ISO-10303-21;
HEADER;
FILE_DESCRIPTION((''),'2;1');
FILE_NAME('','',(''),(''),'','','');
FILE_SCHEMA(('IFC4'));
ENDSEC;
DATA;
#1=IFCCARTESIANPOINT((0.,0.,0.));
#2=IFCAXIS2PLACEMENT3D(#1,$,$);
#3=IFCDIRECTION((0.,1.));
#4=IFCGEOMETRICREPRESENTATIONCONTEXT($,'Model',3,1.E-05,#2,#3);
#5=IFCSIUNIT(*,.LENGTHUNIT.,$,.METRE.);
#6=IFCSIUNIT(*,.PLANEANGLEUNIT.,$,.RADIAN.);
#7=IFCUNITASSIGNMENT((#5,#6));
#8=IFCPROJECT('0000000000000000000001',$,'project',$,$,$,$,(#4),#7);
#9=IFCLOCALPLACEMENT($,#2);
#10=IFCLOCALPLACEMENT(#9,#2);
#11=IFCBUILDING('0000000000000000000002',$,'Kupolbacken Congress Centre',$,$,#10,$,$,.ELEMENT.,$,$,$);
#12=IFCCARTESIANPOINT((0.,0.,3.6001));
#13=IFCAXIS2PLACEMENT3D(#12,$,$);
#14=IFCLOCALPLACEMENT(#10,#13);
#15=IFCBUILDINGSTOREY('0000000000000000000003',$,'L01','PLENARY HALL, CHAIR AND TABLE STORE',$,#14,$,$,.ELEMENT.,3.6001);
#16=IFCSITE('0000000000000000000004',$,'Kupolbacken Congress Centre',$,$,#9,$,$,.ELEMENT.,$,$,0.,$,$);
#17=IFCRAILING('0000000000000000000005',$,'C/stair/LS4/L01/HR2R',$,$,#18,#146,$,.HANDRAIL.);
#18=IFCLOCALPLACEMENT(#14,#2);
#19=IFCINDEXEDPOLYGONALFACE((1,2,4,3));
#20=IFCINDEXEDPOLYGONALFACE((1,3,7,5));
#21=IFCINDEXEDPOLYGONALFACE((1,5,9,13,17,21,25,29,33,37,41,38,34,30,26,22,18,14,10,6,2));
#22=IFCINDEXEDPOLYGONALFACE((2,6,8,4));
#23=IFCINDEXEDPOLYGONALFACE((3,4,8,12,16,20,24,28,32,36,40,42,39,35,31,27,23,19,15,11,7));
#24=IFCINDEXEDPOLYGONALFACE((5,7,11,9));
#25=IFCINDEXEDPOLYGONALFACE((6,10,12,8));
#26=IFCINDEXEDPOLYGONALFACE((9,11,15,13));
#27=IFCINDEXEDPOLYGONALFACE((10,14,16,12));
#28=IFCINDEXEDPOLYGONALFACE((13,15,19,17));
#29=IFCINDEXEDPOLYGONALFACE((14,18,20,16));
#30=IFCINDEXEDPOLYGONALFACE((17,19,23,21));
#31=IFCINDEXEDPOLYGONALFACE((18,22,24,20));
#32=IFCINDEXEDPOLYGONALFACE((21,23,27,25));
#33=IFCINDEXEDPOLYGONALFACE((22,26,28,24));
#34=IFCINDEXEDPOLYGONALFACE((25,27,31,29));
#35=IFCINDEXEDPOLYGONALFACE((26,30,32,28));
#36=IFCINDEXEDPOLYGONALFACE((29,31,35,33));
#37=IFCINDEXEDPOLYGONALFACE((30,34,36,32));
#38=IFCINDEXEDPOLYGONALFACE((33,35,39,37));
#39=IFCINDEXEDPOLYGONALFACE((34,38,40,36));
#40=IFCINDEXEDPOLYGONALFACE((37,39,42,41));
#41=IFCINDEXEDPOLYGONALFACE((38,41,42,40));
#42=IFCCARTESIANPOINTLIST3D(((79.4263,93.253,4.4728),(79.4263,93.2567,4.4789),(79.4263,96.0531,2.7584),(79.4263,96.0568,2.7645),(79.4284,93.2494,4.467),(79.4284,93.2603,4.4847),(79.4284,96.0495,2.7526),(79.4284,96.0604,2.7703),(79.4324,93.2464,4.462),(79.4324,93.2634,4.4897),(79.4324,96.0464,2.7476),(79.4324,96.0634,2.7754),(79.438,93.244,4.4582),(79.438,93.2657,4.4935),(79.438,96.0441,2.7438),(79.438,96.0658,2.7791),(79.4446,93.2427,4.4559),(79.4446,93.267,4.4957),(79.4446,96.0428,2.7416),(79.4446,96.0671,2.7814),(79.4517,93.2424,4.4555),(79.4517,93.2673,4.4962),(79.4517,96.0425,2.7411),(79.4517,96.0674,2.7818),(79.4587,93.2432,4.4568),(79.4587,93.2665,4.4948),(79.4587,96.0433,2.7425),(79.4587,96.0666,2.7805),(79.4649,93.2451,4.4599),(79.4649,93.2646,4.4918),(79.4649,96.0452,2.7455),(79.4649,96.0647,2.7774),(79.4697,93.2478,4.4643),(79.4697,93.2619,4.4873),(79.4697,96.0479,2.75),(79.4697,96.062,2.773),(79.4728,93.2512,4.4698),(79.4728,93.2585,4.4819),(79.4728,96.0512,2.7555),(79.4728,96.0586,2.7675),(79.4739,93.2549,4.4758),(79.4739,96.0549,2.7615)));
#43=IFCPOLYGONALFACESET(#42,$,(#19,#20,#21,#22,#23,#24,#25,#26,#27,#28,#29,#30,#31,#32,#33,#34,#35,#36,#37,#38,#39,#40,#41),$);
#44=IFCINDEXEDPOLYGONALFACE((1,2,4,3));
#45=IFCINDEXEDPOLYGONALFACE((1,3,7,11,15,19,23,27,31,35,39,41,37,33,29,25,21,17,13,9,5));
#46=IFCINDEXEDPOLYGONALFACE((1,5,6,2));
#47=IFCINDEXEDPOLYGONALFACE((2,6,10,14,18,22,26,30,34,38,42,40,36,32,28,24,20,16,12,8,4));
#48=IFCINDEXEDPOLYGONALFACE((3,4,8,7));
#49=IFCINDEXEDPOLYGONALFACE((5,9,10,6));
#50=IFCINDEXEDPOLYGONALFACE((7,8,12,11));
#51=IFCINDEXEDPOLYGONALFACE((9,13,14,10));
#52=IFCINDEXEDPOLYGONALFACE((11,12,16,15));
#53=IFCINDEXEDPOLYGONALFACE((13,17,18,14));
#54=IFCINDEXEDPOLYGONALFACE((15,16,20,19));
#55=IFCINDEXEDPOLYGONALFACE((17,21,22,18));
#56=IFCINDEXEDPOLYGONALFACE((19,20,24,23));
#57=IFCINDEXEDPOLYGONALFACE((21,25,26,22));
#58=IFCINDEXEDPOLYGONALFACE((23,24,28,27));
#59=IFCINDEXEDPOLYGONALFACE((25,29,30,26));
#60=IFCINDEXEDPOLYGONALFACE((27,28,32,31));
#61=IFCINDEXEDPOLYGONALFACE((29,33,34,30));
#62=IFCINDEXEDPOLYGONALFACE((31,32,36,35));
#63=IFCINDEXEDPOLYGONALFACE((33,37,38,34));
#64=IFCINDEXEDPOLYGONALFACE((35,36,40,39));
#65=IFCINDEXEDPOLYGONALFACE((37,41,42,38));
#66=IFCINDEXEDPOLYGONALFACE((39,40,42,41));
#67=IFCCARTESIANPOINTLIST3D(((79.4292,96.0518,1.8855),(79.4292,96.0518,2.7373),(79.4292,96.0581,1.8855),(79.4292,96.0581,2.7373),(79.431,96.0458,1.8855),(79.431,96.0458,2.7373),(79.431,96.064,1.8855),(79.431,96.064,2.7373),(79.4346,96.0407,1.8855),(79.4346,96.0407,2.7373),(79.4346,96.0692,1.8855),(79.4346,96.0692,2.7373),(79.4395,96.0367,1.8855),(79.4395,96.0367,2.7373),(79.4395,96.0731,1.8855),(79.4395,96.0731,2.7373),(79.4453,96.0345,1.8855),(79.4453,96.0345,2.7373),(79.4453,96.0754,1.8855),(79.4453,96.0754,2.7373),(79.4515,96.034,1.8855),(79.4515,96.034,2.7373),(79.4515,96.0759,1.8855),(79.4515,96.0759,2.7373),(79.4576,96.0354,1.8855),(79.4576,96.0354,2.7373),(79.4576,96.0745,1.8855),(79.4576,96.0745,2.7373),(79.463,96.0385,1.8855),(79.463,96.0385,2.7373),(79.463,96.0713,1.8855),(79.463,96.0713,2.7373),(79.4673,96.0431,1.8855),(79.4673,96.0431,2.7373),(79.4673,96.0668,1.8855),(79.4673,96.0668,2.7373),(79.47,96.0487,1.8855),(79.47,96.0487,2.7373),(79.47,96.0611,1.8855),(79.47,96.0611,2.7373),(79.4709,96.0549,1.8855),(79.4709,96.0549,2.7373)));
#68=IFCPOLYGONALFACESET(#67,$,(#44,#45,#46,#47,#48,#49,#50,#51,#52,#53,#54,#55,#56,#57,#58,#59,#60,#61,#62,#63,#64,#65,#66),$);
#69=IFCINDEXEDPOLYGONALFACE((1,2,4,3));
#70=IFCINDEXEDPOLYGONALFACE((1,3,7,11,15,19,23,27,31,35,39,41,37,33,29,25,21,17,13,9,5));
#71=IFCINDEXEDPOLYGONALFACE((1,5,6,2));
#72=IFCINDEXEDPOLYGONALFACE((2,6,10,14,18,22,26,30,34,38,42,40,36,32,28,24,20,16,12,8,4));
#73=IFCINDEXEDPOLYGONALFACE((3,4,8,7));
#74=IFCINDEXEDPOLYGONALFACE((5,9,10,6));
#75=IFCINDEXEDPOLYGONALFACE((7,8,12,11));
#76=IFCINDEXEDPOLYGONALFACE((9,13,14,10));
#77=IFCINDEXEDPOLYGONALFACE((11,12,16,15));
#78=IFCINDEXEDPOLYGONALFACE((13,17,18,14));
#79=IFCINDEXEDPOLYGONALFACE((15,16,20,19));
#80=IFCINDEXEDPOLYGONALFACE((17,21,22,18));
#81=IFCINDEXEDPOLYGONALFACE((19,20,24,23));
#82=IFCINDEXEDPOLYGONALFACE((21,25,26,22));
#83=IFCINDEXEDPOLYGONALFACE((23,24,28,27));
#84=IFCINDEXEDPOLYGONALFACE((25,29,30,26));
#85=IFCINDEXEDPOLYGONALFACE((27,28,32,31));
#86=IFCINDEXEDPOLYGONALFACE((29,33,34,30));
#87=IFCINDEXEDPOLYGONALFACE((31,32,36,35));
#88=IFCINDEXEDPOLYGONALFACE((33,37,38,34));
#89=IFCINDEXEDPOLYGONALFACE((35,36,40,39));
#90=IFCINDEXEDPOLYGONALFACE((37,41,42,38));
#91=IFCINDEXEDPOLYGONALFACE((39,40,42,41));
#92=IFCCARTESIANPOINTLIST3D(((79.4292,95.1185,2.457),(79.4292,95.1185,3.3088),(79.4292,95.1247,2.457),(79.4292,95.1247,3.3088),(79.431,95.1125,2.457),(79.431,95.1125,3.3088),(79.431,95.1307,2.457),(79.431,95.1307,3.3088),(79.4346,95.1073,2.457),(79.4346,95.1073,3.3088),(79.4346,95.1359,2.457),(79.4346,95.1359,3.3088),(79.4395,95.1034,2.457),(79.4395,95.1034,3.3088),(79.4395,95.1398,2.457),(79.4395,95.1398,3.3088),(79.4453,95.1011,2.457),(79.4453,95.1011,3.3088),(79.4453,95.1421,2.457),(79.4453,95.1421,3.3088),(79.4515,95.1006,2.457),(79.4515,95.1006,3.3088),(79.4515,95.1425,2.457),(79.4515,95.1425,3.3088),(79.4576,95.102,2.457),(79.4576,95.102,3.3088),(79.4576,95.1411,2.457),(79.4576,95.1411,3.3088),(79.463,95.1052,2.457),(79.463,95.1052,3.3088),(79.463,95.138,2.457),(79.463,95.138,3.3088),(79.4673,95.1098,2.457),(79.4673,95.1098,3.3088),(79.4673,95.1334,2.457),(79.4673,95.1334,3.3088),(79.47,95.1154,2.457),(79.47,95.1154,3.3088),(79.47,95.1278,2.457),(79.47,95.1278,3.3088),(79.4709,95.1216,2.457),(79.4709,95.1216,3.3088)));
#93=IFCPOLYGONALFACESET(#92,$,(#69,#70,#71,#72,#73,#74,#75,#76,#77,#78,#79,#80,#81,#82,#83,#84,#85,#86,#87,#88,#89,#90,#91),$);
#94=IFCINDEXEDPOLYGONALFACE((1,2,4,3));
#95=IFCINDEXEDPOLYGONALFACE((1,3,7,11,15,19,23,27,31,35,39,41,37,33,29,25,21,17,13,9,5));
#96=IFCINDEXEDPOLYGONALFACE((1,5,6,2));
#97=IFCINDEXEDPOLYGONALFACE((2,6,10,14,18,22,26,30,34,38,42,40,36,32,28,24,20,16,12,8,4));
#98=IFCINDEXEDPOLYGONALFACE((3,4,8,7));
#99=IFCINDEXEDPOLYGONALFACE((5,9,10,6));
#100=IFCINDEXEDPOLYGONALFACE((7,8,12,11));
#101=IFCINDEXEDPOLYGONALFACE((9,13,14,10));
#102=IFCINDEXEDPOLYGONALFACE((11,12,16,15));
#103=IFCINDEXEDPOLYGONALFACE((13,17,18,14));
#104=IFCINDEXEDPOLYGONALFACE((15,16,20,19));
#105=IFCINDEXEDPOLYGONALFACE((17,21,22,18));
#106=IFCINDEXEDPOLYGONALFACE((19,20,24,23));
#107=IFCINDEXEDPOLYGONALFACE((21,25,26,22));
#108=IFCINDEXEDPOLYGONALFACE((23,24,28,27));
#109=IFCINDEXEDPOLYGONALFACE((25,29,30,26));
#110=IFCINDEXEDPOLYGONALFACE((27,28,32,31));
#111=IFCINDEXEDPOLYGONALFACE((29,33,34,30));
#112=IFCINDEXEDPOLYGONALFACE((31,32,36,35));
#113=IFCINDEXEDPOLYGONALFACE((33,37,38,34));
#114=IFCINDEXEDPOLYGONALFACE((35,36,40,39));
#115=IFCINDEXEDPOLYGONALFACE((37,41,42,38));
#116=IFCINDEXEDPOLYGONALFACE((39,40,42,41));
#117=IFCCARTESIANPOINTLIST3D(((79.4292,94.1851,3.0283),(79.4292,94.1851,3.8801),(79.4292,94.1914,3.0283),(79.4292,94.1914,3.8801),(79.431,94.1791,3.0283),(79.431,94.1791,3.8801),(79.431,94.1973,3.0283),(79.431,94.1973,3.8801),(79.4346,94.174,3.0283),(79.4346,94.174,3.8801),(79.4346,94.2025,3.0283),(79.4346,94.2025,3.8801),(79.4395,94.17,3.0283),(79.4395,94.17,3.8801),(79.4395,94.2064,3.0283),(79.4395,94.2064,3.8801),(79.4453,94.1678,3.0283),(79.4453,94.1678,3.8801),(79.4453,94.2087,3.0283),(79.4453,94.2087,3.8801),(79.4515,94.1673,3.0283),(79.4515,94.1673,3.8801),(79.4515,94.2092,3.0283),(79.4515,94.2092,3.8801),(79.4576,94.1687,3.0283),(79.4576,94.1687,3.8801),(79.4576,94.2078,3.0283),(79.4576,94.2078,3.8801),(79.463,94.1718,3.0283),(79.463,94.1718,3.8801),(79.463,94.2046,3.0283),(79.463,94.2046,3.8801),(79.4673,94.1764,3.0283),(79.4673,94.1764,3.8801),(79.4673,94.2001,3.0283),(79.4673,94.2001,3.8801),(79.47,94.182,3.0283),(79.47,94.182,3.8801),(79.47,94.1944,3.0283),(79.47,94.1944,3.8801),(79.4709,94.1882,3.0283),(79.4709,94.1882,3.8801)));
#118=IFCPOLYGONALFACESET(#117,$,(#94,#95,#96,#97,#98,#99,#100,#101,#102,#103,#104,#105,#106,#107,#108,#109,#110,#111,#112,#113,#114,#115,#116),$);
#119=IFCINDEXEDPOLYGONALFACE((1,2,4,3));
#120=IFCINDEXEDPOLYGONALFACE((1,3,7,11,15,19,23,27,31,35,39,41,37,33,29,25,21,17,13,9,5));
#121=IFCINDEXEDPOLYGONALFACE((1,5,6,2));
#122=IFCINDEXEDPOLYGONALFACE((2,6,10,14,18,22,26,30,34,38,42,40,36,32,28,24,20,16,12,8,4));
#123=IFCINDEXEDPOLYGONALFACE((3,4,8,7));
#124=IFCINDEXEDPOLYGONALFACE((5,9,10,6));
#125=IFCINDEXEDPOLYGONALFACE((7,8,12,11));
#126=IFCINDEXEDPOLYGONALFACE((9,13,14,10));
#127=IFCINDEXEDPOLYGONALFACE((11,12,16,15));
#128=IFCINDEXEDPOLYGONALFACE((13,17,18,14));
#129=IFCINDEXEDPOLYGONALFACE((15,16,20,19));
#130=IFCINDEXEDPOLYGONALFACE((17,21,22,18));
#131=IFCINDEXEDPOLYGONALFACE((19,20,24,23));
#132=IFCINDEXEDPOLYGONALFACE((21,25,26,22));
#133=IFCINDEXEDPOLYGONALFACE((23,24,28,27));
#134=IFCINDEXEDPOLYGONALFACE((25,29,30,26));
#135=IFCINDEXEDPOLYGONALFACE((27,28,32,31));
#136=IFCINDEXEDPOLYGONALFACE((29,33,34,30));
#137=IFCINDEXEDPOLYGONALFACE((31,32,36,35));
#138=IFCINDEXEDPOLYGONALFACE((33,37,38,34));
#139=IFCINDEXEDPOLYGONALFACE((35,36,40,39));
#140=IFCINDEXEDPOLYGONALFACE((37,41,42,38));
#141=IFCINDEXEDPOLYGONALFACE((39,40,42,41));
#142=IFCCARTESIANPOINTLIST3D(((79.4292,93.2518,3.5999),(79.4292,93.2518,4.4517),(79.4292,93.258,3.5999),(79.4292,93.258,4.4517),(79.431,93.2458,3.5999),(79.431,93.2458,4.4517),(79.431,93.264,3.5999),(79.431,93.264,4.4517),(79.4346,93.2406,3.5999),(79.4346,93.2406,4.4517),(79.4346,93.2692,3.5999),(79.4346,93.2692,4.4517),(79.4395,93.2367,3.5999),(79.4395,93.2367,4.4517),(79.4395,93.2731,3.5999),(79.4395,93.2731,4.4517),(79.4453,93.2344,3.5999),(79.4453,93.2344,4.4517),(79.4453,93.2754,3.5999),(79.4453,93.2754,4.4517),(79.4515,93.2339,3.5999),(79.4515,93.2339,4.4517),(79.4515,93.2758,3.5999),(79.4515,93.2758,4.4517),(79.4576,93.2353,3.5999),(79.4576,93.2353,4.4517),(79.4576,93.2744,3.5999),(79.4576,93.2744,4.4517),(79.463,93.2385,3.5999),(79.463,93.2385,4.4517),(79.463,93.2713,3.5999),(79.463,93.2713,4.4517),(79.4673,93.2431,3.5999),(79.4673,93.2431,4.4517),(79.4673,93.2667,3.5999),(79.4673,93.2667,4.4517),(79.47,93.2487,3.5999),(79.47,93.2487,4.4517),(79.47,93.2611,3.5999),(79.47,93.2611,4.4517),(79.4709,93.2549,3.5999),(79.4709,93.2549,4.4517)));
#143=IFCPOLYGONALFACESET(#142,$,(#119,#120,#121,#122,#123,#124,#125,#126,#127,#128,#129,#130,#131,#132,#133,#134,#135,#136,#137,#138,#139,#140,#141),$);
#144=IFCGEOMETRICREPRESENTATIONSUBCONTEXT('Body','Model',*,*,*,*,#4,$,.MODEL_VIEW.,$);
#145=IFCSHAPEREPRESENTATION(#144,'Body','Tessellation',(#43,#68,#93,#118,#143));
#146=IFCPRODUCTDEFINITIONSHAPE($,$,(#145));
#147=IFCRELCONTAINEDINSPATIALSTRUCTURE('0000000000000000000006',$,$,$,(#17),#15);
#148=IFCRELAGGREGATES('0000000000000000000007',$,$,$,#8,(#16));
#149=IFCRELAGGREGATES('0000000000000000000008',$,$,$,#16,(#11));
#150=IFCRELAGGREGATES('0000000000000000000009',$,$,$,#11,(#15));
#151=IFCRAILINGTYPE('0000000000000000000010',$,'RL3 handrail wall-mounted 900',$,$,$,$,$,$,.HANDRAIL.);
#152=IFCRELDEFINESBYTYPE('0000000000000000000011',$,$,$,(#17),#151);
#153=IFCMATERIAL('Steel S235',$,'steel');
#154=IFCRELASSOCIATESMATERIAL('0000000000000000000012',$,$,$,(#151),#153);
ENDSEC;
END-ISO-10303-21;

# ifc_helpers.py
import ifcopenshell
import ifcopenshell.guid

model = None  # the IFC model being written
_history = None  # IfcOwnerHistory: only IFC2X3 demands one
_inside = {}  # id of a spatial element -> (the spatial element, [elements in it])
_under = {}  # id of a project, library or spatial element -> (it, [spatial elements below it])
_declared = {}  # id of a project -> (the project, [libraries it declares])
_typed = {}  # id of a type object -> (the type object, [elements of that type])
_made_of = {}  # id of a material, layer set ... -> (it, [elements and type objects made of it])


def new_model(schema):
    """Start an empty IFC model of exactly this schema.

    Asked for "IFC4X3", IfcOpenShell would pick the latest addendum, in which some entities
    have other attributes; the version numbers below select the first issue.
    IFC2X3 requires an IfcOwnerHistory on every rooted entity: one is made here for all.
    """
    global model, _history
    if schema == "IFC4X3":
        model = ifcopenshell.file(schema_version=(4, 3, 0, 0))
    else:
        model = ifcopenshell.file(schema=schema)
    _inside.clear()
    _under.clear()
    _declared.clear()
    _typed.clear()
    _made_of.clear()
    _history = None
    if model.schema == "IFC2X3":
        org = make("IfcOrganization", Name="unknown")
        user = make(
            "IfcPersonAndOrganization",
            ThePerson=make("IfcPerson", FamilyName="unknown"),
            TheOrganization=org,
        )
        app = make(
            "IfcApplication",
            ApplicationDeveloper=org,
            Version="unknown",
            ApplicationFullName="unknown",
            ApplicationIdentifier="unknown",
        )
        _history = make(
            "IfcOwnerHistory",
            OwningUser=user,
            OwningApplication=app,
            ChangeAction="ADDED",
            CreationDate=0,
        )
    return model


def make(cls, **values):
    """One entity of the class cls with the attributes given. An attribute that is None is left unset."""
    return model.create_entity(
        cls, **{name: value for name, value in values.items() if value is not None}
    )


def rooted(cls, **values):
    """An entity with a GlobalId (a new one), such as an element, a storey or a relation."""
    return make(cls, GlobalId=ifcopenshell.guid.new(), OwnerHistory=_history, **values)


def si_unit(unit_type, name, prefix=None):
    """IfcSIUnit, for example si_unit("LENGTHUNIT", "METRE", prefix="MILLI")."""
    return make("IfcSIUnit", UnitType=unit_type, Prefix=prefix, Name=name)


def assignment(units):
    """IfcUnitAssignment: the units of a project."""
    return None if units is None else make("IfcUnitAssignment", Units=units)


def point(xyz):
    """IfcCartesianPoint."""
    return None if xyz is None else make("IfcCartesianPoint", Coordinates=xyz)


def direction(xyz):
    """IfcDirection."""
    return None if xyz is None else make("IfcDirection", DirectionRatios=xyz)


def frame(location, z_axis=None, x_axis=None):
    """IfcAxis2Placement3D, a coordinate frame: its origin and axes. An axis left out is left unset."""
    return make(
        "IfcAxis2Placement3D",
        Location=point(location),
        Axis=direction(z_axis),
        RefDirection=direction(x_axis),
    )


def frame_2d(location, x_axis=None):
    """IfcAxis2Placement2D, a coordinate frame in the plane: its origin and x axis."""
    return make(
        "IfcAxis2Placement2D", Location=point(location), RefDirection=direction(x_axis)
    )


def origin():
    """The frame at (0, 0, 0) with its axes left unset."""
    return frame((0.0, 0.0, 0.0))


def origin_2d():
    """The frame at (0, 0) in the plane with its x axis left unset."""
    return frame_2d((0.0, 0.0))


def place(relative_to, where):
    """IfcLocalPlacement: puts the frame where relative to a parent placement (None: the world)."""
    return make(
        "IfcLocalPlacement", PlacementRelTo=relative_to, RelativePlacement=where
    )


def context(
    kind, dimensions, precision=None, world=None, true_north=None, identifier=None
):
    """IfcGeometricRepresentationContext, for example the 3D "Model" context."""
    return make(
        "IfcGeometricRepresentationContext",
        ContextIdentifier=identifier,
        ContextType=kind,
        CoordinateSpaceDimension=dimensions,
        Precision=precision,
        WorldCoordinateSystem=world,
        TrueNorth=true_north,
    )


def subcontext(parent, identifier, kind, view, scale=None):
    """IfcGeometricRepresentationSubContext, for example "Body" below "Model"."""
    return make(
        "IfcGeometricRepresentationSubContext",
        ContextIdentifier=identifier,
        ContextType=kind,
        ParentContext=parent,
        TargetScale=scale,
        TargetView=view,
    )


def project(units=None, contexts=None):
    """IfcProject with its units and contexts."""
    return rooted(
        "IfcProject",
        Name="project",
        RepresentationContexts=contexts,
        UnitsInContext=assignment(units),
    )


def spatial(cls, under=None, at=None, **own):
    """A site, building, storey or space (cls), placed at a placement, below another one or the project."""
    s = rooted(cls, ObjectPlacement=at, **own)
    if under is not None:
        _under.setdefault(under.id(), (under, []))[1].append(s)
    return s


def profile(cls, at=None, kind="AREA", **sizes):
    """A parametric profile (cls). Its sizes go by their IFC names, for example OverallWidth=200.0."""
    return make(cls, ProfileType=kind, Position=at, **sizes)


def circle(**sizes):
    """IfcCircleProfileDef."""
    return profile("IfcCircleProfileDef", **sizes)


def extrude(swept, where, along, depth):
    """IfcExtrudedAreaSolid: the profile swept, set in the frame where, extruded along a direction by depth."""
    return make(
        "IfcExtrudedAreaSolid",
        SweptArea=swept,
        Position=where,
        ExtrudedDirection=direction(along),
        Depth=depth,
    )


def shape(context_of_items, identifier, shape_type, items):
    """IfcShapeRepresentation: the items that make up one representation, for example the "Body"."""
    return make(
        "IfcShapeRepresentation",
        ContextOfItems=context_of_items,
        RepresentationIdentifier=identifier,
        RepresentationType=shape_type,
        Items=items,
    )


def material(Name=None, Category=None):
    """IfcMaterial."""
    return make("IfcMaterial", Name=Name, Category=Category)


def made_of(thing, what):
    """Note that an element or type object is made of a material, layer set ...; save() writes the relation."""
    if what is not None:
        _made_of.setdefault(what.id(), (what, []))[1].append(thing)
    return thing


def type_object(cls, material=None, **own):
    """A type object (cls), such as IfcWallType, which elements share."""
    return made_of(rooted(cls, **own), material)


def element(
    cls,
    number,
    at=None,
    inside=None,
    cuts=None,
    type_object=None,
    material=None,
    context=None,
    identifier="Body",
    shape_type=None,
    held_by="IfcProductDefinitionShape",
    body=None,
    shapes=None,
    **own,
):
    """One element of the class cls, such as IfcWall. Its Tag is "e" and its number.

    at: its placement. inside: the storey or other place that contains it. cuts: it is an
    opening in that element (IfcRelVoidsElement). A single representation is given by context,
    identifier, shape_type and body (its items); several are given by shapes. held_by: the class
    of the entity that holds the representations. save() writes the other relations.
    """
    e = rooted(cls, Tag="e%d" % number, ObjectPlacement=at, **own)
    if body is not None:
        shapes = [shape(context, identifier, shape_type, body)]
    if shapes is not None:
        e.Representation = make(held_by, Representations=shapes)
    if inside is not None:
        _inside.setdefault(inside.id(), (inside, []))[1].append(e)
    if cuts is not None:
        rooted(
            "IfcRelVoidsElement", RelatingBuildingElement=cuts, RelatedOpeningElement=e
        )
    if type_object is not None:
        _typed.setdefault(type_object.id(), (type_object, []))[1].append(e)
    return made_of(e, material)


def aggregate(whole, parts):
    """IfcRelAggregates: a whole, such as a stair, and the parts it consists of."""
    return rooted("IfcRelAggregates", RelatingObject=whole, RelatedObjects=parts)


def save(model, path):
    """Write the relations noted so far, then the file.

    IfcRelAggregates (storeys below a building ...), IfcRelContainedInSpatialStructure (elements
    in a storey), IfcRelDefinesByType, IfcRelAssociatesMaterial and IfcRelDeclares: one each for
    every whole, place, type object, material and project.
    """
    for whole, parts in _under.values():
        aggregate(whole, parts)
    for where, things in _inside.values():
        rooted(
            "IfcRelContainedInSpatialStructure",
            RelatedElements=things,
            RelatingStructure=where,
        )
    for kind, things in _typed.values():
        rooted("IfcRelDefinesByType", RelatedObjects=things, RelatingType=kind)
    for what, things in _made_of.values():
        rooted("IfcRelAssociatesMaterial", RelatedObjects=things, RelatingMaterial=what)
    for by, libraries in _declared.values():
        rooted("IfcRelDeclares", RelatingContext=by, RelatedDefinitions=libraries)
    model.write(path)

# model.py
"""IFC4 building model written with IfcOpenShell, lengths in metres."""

from ifc_helpers import new_model, si_unit, direction, frame, origin, origin_2d, place, context, subcontext, project, spatial, circle, extrude, material, type_object, element, save


model = new_model("IFC4")

# Units and contexts
model_context = context("Model", 3, precision=1e-05, world=origin(), true_north=direction((0.0, 1.0)))
body_context = subcontext(model_context, "Body", "Model", "MODEL_VIEW")
ifc_project = project(units=[si_unit("LENGTHUNIT", "METRE"), si_unit("PLANEANGLEUNIT", "RADIAN")], contexts=[model_context])

# Site, building, storey
site_placement = place(None, origin())
site = spatial("IfcSite", under=ifc_project, at=site_placement, Name="Kupolbacken Congress Centre", CompositionType="ELEMENT", RefElevation=0.0)
building_placement = place(site_placement, origin())
building = spatial("IfcBuilding", under=site, at=building_placement, Name="Kupolbacken Congress Centre", CompositionType="ELEMENT")
storey_placement = place(building_placement, frame((0.0, 0.0, 3.6001)))
storey = spatial("IfcBuildingStorey", under=building, at=storey_placement, Name="L01", Description="PLENARY HALL, CHAIR AND TABLE STORE", CompositionType="ELEMENT", Elevation=3.6001)

# Railing
ifc_material_1 = material(Name="Steel S235", Category="steel")
railing_type = type_object("IfcRailingType", Name="RL3 handrail wall-mounted 900", PredefinedType="HANDRAIL", material=ifc_material_1)
for number, where, name in (
    (1, (79.45, 96.0549, 1.8855), "C/stair/LS4/L01/HR2R"),
):
    element("IfcRailing", number, at=place(storey_placement, frame(where)), inside=storey, type_object=railing_type, Name=name, PredefinedType="HANDRAIL", context=body_context, shape_type="SweptSolid", body=[
        extrude(circle(Radius=0.0239, at=origin_2d()), frame((0.0, 0.0, 0.876), z_axis=(0.0, -0.852846, 0.522163), x_axis=(1.0, 0.0, 0.0)), (0.0, 0.0, 1.0), 3.2832),
        extrude(circle(Radius=0.021, at=origin_2d()), origin(), (0.0, 0.0, 1.0), 0.8518),
        extrude(circle(Radius=0.021, at=origin_2d()), frame((0.0, -0.9333, 0.5715)), (0.0, 0.0, 1.0), 0.8518),
        extrude(circle(Radius=0.021, at=origin_2d()), frame((0.0, -1.8667, 1.1428)), (0.0, 0.0, 1.0), 0.8518),
        extrude(circle(Radius=0.021, at=origin_2d()), frame((0.0, -2.8, 1.7144)), (0.0, 0.0, 1.0), 0.8518),
    ])

save(model, "model.ifc")
